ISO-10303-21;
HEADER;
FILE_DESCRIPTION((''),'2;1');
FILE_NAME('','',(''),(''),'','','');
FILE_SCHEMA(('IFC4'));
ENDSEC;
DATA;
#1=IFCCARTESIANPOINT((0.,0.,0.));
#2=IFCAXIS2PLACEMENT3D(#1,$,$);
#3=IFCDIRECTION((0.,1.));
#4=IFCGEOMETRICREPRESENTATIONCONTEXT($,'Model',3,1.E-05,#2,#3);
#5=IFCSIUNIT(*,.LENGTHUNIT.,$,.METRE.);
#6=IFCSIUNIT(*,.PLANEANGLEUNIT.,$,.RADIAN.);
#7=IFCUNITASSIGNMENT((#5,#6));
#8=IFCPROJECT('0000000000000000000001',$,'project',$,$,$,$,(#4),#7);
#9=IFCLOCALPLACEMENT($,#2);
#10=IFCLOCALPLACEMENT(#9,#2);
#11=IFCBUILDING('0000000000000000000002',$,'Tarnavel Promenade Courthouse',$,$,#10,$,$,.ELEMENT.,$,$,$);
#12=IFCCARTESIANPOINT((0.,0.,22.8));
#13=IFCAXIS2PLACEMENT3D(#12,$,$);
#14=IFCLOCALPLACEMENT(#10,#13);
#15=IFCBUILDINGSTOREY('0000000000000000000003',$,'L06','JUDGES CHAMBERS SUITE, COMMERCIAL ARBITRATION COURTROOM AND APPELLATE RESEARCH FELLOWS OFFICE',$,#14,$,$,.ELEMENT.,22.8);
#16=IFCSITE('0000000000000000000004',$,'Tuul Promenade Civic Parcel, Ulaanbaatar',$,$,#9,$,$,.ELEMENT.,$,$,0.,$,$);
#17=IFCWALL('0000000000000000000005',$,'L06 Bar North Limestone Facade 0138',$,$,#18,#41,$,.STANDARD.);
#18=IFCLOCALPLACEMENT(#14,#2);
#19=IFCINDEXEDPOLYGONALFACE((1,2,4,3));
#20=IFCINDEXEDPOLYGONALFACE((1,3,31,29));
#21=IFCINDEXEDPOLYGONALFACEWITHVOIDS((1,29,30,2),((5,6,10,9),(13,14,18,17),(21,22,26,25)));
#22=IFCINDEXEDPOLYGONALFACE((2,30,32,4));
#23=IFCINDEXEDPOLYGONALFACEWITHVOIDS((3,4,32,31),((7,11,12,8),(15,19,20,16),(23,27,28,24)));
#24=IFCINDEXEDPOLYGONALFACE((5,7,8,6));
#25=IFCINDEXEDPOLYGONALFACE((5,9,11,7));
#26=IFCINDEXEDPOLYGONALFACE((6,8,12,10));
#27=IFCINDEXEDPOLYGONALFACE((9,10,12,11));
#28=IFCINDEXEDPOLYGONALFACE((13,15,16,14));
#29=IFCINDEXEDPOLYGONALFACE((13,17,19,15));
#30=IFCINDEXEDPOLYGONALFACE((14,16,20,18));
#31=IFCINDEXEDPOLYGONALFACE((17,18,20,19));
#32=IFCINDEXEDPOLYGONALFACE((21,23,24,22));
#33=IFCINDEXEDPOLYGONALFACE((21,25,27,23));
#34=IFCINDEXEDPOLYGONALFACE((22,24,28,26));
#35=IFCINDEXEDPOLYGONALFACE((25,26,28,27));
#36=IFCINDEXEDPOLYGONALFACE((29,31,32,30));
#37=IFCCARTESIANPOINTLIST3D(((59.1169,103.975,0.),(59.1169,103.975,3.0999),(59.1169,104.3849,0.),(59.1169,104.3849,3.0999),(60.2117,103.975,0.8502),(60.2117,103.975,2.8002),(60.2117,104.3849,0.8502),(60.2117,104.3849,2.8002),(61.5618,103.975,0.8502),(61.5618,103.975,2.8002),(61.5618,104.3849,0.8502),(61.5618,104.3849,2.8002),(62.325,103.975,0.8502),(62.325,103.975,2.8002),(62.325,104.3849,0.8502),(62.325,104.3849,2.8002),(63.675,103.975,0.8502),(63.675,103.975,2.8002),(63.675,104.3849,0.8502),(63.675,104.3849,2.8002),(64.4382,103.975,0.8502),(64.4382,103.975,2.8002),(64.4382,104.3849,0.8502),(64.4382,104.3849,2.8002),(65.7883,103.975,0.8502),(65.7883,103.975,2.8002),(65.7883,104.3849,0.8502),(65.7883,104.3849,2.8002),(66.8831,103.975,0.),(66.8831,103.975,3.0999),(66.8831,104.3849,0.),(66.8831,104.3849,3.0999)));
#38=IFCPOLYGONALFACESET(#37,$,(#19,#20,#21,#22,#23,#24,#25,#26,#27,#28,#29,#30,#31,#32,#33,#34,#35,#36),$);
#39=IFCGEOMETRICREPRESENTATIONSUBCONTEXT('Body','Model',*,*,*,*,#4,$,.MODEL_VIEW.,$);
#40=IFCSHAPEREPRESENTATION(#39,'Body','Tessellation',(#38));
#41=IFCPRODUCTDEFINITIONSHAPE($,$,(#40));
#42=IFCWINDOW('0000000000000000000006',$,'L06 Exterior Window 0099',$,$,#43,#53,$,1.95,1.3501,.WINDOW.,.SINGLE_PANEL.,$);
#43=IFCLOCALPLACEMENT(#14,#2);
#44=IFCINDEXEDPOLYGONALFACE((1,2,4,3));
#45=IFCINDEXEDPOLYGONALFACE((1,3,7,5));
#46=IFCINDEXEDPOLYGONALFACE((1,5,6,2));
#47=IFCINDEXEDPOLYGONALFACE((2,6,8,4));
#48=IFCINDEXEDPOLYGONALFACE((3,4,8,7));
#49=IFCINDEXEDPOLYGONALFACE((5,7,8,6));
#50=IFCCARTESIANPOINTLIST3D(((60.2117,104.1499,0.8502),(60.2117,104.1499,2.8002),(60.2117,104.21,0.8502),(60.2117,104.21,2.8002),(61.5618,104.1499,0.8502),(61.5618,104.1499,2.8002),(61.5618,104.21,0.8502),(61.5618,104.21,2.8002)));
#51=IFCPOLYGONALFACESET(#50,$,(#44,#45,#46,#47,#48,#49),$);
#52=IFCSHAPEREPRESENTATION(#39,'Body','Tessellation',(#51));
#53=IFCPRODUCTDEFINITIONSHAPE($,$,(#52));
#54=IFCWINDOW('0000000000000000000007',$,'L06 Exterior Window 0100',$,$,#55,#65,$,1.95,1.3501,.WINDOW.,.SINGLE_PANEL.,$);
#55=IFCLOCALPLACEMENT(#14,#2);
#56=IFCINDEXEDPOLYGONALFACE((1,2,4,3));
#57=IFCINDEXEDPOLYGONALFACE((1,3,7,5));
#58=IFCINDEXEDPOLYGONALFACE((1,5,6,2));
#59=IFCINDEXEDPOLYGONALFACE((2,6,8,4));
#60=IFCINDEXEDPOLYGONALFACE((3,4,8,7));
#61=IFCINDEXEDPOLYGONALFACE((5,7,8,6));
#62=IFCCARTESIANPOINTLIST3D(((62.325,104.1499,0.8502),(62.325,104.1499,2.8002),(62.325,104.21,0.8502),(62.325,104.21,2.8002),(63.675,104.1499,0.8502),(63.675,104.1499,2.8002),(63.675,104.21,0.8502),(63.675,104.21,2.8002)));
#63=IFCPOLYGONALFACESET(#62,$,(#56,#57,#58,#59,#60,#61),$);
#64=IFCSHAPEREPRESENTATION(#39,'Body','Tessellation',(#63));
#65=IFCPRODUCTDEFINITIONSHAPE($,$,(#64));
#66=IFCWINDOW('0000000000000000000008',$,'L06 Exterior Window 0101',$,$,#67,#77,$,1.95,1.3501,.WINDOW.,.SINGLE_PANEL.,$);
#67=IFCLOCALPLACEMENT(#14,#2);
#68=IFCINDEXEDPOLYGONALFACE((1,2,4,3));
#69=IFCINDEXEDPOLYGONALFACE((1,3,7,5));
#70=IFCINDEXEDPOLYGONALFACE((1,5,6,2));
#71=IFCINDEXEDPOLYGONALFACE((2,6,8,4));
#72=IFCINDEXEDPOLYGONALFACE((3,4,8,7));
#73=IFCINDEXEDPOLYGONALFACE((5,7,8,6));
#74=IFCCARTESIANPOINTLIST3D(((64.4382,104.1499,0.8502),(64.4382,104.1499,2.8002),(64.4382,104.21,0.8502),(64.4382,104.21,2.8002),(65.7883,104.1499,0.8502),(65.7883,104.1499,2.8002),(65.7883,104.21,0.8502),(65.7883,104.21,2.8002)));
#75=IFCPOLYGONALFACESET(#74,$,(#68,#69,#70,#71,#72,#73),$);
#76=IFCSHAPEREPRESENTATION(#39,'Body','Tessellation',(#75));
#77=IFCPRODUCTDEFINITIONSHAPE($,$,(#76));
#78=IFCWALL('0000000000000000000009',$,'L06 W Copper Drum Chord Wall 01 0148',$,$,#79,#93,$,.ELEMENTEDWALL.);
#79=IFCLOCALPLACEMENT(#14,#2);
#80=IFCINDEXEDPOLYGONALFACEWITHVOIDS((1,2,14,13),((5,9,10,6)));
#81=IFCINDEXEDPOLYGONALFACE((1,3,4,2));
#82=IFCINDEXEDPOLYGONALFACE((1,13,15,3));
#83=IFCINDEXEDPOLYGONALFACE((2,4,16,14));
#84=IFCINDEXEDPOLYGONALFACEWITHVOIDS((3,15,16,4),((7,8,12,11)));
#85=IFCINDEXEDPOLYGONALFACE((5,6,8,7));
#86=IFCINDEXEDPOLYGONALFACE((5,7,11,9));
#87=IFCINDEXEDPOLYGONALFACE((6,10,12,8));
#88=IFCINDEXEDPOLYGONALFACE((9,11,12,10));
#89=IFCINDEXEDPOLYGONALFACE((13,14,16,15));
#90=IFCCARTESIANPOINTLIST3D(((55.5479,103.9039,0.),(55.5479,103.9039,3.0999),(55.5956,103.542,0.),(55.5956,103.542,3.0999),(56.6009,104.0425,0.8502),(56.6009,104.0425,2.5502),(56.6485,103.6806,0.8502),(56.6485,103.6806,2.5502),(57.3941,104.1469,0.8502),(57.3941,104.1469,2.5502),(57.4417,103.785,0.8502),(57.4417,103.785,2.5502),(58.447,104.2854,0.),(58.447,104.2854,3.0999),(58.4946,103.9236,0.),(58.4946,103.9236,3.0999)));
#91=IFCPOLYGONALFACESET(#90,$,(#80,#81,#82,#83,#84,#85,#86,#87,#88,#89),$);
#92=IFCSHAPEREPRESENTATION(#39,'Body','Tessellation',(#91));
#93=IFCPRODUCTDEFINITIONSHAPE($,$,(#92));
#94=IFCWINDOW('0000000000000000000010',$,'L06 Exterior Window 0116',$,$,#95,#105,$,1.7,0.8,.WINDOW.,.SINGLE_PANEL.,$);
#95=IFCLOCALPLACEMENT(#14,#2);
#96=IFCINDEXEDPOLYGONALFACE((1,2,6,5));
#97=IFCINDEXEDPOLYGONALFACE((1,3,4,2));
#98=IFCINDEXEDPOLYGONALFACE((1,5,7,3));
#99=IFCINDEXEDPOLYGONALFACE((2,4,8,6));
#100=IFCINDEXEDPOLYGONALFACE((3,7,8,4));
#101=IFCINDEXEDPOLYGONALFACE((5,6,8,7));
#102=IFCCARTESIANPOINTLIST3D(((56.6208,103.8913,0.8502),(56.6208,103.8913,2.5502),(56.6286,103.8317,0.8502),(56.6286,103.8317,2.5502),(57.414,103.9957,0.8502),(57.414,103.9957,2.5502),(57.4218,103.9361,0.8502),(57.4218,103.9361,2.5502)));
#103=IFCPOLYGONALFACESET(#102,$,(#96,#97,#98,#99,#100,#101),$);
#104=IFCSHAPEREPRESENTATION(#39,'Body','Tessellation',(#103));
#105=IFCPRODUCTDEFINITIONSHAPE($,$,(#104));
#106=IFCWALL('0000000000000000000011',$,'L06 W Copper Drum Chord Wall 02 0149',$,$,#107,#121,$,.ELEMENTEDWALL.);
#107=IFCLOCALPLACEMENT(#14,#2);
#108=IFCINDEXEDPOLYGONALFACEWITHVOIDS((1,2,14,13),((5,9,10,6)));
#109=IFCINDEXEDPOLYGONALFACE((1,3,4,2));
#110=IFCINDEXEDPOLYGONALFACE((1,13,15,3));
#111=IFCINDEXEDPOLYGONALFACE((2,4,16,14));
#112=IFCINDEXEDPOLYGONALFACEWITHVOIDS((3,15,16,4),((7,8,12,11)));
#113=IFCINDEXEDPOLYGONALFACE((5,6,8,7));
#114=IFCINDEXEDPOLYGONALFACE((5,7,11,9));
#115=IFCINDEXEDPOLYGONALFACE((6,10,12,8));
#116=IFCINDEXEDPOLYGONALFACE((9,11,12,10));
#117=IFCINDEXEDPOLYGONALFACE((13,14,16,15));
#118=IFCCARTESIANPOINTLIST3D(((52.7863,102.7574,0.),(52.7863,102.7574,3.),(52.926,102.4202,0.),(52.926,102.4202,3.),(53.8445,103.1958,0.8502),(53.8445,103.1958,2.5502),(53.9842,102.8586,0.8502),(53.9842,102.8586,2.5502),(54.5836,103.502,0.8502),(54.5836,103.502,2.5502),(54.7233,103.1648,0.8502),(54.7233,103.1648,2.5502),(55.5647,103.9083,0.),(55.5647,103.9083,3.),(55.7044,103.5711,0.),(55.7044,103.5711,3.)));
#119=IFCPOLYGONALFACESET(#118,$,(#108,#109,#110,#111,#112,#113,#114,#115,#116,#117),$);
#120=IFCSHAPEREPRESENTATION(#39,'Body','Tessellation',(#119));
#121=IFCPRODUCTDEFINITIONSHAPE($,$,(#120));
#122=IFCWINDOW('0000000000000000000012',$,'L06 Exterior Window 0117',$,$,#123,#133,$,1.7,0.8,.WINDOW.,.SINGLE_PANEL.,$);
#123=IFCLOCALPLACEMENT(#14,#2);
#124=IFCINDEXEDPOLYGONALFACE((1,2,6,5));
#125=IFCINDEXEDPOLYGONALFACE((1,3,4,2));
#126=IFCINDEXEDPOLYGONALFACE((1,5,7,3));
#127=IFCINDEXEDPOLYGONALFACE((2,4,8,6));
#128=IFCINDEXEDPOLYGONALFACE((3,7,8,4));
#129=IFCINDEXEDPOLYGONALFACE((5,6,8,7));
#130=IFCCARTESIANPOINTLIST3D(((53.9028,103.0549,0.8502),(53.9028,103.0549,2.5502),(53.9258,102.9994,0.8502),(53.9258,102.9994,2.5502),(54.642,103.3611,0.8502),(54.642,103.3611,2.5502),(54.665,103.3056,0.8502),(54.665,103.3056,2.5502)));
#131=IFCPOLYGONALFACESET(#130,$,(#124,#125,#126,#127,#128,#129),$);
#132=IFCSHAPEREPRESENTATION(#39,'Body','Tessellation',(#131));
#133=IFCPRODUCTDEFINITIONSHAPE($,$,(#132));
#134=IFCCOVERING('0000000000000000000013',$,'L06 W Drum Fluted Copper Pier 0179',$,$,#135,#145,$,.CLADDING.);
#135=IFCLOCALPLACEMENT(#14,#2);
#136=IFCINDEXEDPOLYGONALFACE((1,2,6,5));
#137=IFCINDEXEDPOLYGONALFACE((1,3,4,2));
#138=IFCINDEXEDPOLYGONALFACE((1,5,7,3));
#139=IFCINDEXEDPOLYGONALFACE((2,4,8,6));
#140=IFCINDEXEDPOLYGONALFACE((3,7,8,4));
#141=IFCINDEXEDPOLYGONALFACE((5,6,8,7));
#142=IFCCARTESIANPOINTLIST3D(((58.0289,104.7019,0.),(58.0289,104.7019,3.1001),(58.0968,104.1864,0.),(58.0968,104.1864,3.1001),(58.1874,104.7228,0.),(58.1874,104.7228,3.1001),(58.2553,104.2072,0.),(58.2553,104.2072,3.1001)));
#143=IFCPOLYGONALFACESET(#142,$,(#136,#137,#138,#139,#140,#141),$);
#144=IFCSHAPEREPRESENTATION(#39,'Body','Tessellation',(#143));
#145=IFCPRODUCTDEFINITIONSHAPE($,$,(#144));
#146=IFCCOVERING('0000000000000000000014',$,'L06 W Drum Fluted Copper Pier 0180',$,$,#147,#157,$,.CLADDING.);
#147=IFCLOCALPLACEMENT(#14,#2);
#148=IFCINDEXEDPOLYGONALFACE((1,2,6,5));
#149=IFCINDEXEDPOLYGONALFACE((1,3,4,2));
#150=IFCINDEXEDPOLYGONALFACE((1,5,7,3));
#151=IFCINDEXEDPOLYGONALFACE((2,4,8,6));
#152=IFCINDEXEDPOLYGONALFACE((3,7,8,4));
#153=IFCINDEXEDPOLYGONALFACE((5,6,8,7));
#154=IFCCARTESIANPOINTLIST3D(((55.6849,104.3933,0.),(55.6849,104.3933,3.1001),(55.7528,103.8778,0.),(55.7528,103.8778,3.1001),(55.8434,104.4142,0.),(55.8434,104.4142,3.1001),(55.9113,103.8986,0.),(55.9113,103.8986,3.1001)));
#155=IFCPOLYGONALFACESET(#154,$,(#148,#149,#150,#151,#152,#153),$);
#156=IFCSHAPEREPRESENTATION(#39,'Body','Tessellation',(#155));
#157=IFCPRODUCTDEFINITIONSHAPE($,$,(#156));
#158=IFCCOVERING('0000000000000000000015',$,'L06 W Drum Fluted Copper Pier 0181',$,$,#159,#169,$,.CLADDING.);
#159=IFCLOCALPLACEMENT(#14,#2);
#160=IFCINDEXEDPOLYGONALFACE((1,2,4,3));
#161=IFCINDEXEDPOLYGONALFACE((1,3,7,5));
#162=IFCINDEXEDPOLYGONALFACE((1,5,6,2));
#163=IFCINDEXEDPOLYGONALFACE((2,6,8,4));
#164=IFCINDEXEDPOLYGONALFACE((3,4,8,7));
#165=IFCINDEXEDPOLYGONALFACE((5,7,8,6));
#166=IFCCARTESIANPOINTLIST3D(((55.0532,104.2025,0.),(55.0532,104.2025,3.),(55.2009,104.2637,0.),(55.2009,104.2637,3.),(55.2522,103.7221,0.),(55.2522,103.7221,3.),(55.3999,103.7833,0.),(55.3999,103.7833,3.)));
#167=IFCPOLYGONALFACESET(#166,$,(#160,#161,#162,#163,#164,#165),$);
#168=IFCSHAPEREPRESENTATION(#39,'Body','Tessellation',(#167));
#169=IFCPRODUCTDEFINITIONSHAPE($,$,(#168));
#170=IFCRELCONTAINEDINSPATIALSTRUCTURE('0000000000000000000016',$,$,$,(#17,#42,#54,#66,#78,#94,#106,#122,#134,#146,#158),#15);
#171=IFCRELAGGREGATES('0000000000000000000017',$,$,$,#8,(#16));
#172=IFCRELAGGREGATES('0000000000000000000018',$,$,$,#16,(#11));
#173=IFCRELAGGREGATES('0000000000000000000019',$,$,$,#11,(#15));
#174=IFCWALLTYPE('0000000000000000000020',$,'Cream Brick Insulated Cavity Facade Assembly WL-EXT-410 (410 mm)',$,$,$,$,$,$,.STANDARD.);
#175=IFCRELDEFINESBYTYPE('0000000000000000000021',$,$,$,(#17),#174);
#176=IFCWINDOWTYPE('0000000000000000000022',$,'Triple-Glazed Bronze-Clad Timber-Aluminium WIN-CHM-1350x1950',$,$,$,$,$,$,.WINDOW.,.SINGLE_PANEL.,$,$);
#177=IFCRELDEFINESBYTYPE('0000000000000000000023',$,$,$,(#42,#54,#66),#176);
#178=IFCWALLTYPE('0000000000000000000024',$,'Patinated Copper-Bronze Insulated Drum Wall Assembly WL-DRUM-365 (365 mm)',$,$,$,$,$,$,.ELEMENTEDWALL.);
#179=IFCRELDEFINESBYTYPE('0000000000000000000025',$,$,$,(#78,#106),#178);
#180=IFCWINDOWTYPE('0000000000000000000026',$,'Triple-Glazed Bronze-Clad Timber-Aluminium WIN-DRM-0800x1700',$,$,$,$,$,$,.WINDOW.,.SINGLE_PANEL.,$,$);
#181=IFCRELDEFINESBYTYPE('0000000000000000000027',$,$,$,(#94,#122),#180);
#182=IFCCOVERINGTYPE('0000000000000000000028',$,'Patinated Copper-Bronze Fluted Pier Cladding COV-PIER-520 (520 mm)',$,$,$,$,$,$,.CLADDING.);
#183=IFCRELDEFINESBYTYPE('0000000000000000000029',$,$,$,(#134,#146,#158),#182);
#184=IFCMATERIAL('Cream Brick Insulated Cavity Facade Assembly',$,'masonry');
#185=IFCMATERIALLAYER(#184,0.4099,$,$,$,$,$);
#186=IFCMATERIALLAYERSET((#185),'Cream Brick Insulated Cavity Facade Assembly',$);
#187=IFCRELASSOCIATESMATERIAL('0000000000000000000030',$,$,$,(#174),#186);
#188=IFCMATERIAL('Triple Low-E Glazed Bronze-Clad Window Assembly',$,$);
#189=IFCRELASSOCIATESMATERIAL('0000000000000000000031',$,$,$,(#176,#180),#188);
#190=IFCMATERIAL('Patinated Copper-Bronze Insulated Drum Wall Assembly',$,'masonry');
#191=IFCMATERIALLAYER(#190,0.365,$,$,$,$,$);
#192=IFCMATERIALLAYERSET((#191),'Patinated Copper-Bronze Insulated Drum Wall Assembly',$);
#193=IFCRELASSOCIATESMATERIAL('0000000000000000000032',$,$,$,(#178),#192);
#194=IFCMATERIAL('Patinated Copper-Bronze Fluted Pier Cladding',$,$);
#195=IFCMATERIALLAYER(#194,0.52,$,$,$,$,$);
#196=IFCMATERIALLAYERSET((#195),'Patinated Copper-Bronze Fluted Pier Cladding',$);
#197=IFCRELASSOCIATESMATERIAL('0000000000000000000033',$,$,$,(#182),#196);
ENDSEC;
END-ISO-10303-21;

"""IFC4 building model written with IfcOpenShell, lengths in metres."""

from ifc_helpers import new_model, si_unit, direction, frame, frame_2d, origin, origin_2d, place, context, subcontext, project, spatial, rectangle, extrude, material, layer, layer_set, type_object, element, fill, save


model = new_model("IFC4")

# Units and contexts
model_context = context("Model", 3, precision=1e-05, world=origin(), true_north=direction((0.0, 1.0)))
body_context = subcontext(model_context, "Body", "Model", "MODEL_VIEW")
ifc_project = project(units=[si_unit("LENGTHUNIT", "METRE"), si_unit("PLANEANGLEUNIT", "RADIAN")], contexts=[model_context])

# Site, building, storey
site_placement = place(None, origin())
site = spatial("IfcSite", under=ifc_project, at=site_placement, Name="Tuul Promenade Civic Parcel, Ulaanbaatar", CompositionType="ELEMENT", RefElevation=0.0)
building_placement = place(site_placement, origin())
building = spatial("IfcBuilding", under=site, at=building_placement, Name="Tarnavel Promenade Courthouse", CompositionType="ELEMENT")
storey_placement = place(building_placement, frame((0.0, 0.0, 22.8)))
storey = spatial("IfcBuildingStorey", under=building, at=storey_placement, Name="L06", Description="JUDGES CHAMBERS SUITE, COMMERCIAL ARBITRATION COURTROOM AND APPELLATE RESEARCH FELLOWS OFFICE", CompositionType="ELEMENT", Elevation=22.8)

# Wall, openings, windows
ifc_material_1 = material(Name="Cream Brick Insulated Cavity Facade Assembly", Category="masonry")
ifc_layer_1 = layer(ifc_material_1, 0.4099)
ifc_layer_set_1 = layer_set([ifc_layer_1], Name="Cream Brick Insulated Cavity Facade Assembly")
wall_type_1 = type_object("IfcWallType", Name="Cream Brick Insulated Cavity Facade Assembly WL-EXT-410 (410 mm)", PredefinedType="STANDARD", material=ifc_layer_set_1)
wall_1_placement = place(storey_placement, frame((59.1169, 104.1799, 0.0), z_axis=(0.0, 0.0, 1.0), x_axis=(1.0, 0.0, 0.0)))
wall_1 = element("IfcWall", 1, at=wall_1_placement, inside=storey, type_object=wall_type_1, Name="L06 Bar North Limestone Facade 0138", PredefinedType="STANDARD", context=body_context, shape_type="SweptSolid", body=[
    extrude(rectangle(XDim=7.7661, YDim=0.4099, at=frame_2d((3.8831, 0.0))), origin(), (0.0, 0.0, 1.0), 3.0999),
])
opening_1_placement = place(wall_1_placement, frame((1.0947, 0.0, 0.8501)))
opening_1 = element("IfcOpeningElement", 2, at=opening_1_placement, cuts=wall_1, PredefinedType="OPENING", context=body_context, shape_type="SweptSolid", body=[
    extrude(rectangle(XDim=1.3501, YDim=1.95, at=frame_2d((0.675, 0.9751))), frame((0.0, 0.2148, 0.0), z_axis=(0.0, -1.0, 0.0), x_axis=(1.0, 0.0, 0.0)), (0.0, 0.0, 1.0), 0.4299),
])
opening_2_placement = place(wall_1_placement, frame((3.208, 0.0, 0.8501)))
opening_2 = element("IfcOpeningElement", 3, at=opening_2_placement, cuts=wall_1, PredefinedType="OPENING", context=body_context, shape_type="SweptSolid", body=[
    extrude(rectangle(XDim=1.3501, YDim=1.95, at=frame_2d((0.675, 0.9751))), frame((0.0, 0.2148, 0.0), z_axis=(0.0, -1.0, 0.0), x_axis=(1.0, 0.0, 0.0)), (0.0, 0.0, 1.0), 0.4299),
])
opening_3_placement = place(wall_1_placement, frame((5.3213, 0.0, 0.8501)))
opening_3 = element("IfcOpeningElement", 4, at=opening_3_placement, cuts=wall_1, PredefinedType="OPENING", context=body_context, shape_type="SweptSolid", body=[
    extrude(rectangle(XDim=1.3501, YDim=1.95, at=frame_2d((0.675, 0.9751))), frame((0.0, 0.2148, 0.0), z_axis=(0.0, -1.0, 0.0), x_axis=(1.0, 0.0, 0.0)), (0.0, 0.0, 1.0), 0.4299),
])
ifc_material_2 = material(Name="Triple Low-E Glazed Bronze-Clad Window Assembly")
window_type_1 = type_object("IfcWindowType", Name="Triple-Glazed Bronze-Clad Timber-Aluminium WIN-CHM-1350x1950", PartitioningType="SINGLE_PANEL", PredefinedType="WINDOW", material=ifc_material_2)
window_1_placement = place(opening_1_placement, origin())
window_1 = element("IfcWindow", 5, at=window_1_placement, inside=storey, type_object=window_type_1, Name="L06 Exterior Window 0099", OverallHeight=1.95, OverallWidth=1.3501, PartitioningType="SINGLE_PANEL", PredefinedType="WINDOW", context=body_context, shape_type="SweptSolid", body=[
    extrude(rectangle(XDim=1.3501, YDim=1.95, at=frame_2d((0.675, 0.9751))), frame((0.0, 0.03, 0.0), z_axis=(0.0, -1.0, 0.0), x_axis=(1.0, 0.0, 0.0)), (0.0, 0.0, 1.0), 0.0601),
])
fill(opening_1, window_1)
window_2_placement = place(opening_2_placement, origin())
window_2 = element("IfcWindow", 6, at=window_2_placement, inside=storey, type_object=window_type_1, Name="L06 Exterior Window 0100", OverallHeight=1.95, OverallWidth=1.3501, PartitioningType="SINGLE_PANEL", PredefinedType="WINDOW", context=body_context, shape_type="SweptSolid", body=[
    extrude(rectangle(XDim=1.3501, YDim=1.95, at=frame_2d((0.675, 0.9751))), frame((0.0, 0.03, 0.0), z_axis=(0.0, -1.0, 0.0), x_axis=(1.0, 0.0, 0.0)), (0.0, 0.0, 1.0), 0.0601),
])
fill(opening_2, window_2)
window_3_placement = place(opening_3_placement, origin())
window_3 = element("IfcWindow", 7, at=window_3_placement, inside=storey, type_object=window_type_1, Name="L06 Exterior Window 0101", OverallHeight=1.95, OverallWidth=1.3501, PartitioningType="SINGLE_PANEL", PredefinedType="WINDOW", context=body_context, shape_type="SweptSolid", body=[
    extrude(rectangle(XDim=1.3501, YDim=1.95, at=frame_2d((0.675, 0.9751))), frame((0.0, 0.03, 0.0), z_axis=(0.0, -1.0, 0.0), x_axis=(1.0, 0.0, 0.0)), (0.0, 0.0, 1.0), 0.0601),
])
fill(opening_3, window_3)

# Walls, openings, windows
ifc_material_3 = material(Name="Patinated Copper-Bronze Insulated Drum Wall Assembly", Category="masonry")
ifc_layer_2 = layer(ifc_material_3, 0.365)
ifc_layer_set_2 = layer_set([ifc_layer_2], Name="Patinated Copper-Bronze Insulated Drum Wall Assembly")
wall_type_2 = type_object("IfcWallType", Name="Patinated Copper-Bronze Insulated Drum Wall Assembly WL-DRUM-365 (365 mm)", PredefinedType="ELEMENTEDWALL", material=ifc_layer_set_2)
wall_2_placement = place(storey_placement, frame((58.4707, 104.1045, 0.0), z_axis=(0.0, 0.0, 1.0), x_axis=(-0.991449, -0.130496, 0.0)))
wall_2 = element("IfcWall", 8, at=wall_2_placement, inside=storey, type_object=wall_type_2, Name="L06 W Copper Drum Chord Wall 01 0148", PredefinedType="ELEMENTEDWALL", context=body_context, shape_type="SweptSolid", body=[
    extrude(rectangle(XDim=2.9241, YDim=0.365, at=frame_2d((1.4619, 0.0))), origin(), (0.0, 0.0, 1.0), 3.0999),
])
opening_4_placement = place(wall_2_placement, frame((1.062, 0.0, 0.8501)))
opening_4 = element("IfcOpeningElement", 9, at=opening_4_placement, cuts=wall_2, PredefinedType="OPENING", context=body_context, shape_type="SweptSolid", body=[
    extrude(rectangle(XDim=0.8, YDim=1.7, at=frame_2d((0.3999, 0.8501))), frame((0.0, 0.1924, 0.0), z_axis=(0.0, -1.0, 0.0), x_axis=(1.0, 0.0, 0.0)), (0.0, 0.0, 1.0), 0.385),
])
window_type_2 = type_object("IfcWindowType", Name="Triple-Glazed Bronze-Clad Timber-Aluminium WIN-DRM-0800x1700", PartitioningType="SINGLE_PANEL", PredefinedType="WINDOW", material=ifc_material_2)
window_4_placement = place(opening_4_placement, origin())
window_4 = element("IfcWindow", 10, at=window_4_placement, inside=storey, type_object=window_type_2, Name="L06 Exterior Window 0116", OverallHeight=1.7, OverallWidth=0.8, PartitioningType="SINGLE_PANEL", PredefinedType="WINDOW", context=body_context, shape_type="SweptSolid", body=[
    extrude(rectangle(XDim=0.8, YDim=1.7, at=frame_2d((0.3999, 0.8501))), frame((0.0, 0.03, 0.0), z_axis=(0.0, -1.0, 0.0), x_axis=(1.0, 0.0, 0.0)), (0.0, 0.0, 1.0), 0.0601),
])
fill(opening_4, window_4)
wall_3_placement = place(storey_placement, frame((55.6345, 103.7397, 0.0), z_axis=(0.0, 0.0, 1.0), x_axis=(-0.923872, -0.382701, 0.0)))
wall_3 = element("IfcWall", 11, at=wall_3_placement, inside=storey, type_object=wall_type_2, Name="L06 W Copper Drum Chord Wall 02 0149", PredefinedType="ELEMENTEDWALL", context=body_context, shape_type="SweptSolid", body=[
    extrude(rectangle(XDim=3.0073, YDim=0.365, at=frame_2d((1.5037, 0.0))), origin(), (0.0, 0.0, 1.0), 3.0),
])
opening_5_placement = place(wall_3_placement, frame((1.062, 0.0, 0.8501)))
opening_5 = element("IfcOpeningElement", 12, at=opening_5_placement, cuts=wall_3, PredefinedType="OPENING", context=body_context, shape_type="SweptSolid", body=[
    extrude(rectangle(XDim=0.8, YDim=1.7, at=frame_2d((0.3999, 0.8501))), frame((0.0, 0.1924, 0.0), z_axis=(0.0, -1.0, 0.0), x_axis=(1.0, 0.0, 0.0)), (0.0, 0.0, 1.0), 0.385),
])
window_5_placement = place(opening_5_placement, origin())
window_5 = element("IfcWindow", 13, at=window_5_placement, inside=storey, type_object=window_type_2, Name="L06 Exterior Window 0117", OverallHeight=1.7, OverallWidth=0.8, PartitioningType="SINGLE_PANEL", PredefinedType="WINDOW", context=body_context, shape_type="SweptSolid", body=[
    extrude(rectangle(XDim=0.8, YDim=1.7, at=frame_2d((0.3999, 0.8501))), frame((0.0, 0.03, 0.0), z_axis=(0.0, -1.0, 0.0), x_axis=(1.0, 0.0, 0.0)), (0.0, 0.0, 1.0), 0.0601),
])
fill(opening_5, window_5)

# Coverings
ifc_material_4 = material(Name="Patinated Copper-Bronze Fluted Pier Cladding")
ifc_layer_3 = layer(ifc_material_4, 0.52)
ifc_layer_set_3 = layer_set([ifc_layer_3], Name="Patinated Copper-Bronze Fluted Pier Cladding")
covering_type = type_object("IfcCoveringType", Name="Patinated Copper-Bronze Fluted Pier Cladding COV-PIER-520 (520 mm)", PredefinedType="CLADDING", material=ifc_layer_set_3)
for number, where, z_axis, x_axis, name in (
    (14, (58.1421, 104.4546, 0.0), (0.0, 0.0, 1.0), (-0.991445, -0.130526, 0.0), "L06 W Drum Fluted Copper Pier 0179"),
    (15, (55.7981, 104.146, 0.0), (0.0, 0.0, 1.0), (-0.991445, -0.130526, 0.0), "L06 W Drum Fluted Copper Pier 0180"),
):
    element("IfcCovering", number, at=place(storey_placement, frame(where, z_axis=z_axis, x_axis=x_axis)), inside=storey, type_object=covering_type, Name=name, PredefinedType="CLADDING", context=body_context, shape_type="SweptSolid", body=[
        extrude(rectangle(XDim=0.1599, YDim=0.52, at=origin_2d()), origin(), (0.0, 0.0, 1.0), 3.1001),
    ])
for number, where, z_axis, x_axis, name in (
    (16, (55.2266, 103.9929, 0.0), (0.0, 0.0, 1.0), (-0.92388, -0.382683, 0.0), "L06 W Drum Fluted Copper Pier 0181"),
):
    element("IfcCovering", number, at=place(storey_placement, frame(where, z_axis=z_axis, x_axis=x_axis)), inside=storey, type_object=covering_type, Name=name, PredefinedType="CLADDING", context=body_context, shape_type="SweptSolid", body=[
        extrude(rectangle(XDim=0.1599, YDim=0.52, at=origin_2d()), origin(), (0.0, 0.0, 1.0), 3.0),
    ])

save(model, "model.ifc")
